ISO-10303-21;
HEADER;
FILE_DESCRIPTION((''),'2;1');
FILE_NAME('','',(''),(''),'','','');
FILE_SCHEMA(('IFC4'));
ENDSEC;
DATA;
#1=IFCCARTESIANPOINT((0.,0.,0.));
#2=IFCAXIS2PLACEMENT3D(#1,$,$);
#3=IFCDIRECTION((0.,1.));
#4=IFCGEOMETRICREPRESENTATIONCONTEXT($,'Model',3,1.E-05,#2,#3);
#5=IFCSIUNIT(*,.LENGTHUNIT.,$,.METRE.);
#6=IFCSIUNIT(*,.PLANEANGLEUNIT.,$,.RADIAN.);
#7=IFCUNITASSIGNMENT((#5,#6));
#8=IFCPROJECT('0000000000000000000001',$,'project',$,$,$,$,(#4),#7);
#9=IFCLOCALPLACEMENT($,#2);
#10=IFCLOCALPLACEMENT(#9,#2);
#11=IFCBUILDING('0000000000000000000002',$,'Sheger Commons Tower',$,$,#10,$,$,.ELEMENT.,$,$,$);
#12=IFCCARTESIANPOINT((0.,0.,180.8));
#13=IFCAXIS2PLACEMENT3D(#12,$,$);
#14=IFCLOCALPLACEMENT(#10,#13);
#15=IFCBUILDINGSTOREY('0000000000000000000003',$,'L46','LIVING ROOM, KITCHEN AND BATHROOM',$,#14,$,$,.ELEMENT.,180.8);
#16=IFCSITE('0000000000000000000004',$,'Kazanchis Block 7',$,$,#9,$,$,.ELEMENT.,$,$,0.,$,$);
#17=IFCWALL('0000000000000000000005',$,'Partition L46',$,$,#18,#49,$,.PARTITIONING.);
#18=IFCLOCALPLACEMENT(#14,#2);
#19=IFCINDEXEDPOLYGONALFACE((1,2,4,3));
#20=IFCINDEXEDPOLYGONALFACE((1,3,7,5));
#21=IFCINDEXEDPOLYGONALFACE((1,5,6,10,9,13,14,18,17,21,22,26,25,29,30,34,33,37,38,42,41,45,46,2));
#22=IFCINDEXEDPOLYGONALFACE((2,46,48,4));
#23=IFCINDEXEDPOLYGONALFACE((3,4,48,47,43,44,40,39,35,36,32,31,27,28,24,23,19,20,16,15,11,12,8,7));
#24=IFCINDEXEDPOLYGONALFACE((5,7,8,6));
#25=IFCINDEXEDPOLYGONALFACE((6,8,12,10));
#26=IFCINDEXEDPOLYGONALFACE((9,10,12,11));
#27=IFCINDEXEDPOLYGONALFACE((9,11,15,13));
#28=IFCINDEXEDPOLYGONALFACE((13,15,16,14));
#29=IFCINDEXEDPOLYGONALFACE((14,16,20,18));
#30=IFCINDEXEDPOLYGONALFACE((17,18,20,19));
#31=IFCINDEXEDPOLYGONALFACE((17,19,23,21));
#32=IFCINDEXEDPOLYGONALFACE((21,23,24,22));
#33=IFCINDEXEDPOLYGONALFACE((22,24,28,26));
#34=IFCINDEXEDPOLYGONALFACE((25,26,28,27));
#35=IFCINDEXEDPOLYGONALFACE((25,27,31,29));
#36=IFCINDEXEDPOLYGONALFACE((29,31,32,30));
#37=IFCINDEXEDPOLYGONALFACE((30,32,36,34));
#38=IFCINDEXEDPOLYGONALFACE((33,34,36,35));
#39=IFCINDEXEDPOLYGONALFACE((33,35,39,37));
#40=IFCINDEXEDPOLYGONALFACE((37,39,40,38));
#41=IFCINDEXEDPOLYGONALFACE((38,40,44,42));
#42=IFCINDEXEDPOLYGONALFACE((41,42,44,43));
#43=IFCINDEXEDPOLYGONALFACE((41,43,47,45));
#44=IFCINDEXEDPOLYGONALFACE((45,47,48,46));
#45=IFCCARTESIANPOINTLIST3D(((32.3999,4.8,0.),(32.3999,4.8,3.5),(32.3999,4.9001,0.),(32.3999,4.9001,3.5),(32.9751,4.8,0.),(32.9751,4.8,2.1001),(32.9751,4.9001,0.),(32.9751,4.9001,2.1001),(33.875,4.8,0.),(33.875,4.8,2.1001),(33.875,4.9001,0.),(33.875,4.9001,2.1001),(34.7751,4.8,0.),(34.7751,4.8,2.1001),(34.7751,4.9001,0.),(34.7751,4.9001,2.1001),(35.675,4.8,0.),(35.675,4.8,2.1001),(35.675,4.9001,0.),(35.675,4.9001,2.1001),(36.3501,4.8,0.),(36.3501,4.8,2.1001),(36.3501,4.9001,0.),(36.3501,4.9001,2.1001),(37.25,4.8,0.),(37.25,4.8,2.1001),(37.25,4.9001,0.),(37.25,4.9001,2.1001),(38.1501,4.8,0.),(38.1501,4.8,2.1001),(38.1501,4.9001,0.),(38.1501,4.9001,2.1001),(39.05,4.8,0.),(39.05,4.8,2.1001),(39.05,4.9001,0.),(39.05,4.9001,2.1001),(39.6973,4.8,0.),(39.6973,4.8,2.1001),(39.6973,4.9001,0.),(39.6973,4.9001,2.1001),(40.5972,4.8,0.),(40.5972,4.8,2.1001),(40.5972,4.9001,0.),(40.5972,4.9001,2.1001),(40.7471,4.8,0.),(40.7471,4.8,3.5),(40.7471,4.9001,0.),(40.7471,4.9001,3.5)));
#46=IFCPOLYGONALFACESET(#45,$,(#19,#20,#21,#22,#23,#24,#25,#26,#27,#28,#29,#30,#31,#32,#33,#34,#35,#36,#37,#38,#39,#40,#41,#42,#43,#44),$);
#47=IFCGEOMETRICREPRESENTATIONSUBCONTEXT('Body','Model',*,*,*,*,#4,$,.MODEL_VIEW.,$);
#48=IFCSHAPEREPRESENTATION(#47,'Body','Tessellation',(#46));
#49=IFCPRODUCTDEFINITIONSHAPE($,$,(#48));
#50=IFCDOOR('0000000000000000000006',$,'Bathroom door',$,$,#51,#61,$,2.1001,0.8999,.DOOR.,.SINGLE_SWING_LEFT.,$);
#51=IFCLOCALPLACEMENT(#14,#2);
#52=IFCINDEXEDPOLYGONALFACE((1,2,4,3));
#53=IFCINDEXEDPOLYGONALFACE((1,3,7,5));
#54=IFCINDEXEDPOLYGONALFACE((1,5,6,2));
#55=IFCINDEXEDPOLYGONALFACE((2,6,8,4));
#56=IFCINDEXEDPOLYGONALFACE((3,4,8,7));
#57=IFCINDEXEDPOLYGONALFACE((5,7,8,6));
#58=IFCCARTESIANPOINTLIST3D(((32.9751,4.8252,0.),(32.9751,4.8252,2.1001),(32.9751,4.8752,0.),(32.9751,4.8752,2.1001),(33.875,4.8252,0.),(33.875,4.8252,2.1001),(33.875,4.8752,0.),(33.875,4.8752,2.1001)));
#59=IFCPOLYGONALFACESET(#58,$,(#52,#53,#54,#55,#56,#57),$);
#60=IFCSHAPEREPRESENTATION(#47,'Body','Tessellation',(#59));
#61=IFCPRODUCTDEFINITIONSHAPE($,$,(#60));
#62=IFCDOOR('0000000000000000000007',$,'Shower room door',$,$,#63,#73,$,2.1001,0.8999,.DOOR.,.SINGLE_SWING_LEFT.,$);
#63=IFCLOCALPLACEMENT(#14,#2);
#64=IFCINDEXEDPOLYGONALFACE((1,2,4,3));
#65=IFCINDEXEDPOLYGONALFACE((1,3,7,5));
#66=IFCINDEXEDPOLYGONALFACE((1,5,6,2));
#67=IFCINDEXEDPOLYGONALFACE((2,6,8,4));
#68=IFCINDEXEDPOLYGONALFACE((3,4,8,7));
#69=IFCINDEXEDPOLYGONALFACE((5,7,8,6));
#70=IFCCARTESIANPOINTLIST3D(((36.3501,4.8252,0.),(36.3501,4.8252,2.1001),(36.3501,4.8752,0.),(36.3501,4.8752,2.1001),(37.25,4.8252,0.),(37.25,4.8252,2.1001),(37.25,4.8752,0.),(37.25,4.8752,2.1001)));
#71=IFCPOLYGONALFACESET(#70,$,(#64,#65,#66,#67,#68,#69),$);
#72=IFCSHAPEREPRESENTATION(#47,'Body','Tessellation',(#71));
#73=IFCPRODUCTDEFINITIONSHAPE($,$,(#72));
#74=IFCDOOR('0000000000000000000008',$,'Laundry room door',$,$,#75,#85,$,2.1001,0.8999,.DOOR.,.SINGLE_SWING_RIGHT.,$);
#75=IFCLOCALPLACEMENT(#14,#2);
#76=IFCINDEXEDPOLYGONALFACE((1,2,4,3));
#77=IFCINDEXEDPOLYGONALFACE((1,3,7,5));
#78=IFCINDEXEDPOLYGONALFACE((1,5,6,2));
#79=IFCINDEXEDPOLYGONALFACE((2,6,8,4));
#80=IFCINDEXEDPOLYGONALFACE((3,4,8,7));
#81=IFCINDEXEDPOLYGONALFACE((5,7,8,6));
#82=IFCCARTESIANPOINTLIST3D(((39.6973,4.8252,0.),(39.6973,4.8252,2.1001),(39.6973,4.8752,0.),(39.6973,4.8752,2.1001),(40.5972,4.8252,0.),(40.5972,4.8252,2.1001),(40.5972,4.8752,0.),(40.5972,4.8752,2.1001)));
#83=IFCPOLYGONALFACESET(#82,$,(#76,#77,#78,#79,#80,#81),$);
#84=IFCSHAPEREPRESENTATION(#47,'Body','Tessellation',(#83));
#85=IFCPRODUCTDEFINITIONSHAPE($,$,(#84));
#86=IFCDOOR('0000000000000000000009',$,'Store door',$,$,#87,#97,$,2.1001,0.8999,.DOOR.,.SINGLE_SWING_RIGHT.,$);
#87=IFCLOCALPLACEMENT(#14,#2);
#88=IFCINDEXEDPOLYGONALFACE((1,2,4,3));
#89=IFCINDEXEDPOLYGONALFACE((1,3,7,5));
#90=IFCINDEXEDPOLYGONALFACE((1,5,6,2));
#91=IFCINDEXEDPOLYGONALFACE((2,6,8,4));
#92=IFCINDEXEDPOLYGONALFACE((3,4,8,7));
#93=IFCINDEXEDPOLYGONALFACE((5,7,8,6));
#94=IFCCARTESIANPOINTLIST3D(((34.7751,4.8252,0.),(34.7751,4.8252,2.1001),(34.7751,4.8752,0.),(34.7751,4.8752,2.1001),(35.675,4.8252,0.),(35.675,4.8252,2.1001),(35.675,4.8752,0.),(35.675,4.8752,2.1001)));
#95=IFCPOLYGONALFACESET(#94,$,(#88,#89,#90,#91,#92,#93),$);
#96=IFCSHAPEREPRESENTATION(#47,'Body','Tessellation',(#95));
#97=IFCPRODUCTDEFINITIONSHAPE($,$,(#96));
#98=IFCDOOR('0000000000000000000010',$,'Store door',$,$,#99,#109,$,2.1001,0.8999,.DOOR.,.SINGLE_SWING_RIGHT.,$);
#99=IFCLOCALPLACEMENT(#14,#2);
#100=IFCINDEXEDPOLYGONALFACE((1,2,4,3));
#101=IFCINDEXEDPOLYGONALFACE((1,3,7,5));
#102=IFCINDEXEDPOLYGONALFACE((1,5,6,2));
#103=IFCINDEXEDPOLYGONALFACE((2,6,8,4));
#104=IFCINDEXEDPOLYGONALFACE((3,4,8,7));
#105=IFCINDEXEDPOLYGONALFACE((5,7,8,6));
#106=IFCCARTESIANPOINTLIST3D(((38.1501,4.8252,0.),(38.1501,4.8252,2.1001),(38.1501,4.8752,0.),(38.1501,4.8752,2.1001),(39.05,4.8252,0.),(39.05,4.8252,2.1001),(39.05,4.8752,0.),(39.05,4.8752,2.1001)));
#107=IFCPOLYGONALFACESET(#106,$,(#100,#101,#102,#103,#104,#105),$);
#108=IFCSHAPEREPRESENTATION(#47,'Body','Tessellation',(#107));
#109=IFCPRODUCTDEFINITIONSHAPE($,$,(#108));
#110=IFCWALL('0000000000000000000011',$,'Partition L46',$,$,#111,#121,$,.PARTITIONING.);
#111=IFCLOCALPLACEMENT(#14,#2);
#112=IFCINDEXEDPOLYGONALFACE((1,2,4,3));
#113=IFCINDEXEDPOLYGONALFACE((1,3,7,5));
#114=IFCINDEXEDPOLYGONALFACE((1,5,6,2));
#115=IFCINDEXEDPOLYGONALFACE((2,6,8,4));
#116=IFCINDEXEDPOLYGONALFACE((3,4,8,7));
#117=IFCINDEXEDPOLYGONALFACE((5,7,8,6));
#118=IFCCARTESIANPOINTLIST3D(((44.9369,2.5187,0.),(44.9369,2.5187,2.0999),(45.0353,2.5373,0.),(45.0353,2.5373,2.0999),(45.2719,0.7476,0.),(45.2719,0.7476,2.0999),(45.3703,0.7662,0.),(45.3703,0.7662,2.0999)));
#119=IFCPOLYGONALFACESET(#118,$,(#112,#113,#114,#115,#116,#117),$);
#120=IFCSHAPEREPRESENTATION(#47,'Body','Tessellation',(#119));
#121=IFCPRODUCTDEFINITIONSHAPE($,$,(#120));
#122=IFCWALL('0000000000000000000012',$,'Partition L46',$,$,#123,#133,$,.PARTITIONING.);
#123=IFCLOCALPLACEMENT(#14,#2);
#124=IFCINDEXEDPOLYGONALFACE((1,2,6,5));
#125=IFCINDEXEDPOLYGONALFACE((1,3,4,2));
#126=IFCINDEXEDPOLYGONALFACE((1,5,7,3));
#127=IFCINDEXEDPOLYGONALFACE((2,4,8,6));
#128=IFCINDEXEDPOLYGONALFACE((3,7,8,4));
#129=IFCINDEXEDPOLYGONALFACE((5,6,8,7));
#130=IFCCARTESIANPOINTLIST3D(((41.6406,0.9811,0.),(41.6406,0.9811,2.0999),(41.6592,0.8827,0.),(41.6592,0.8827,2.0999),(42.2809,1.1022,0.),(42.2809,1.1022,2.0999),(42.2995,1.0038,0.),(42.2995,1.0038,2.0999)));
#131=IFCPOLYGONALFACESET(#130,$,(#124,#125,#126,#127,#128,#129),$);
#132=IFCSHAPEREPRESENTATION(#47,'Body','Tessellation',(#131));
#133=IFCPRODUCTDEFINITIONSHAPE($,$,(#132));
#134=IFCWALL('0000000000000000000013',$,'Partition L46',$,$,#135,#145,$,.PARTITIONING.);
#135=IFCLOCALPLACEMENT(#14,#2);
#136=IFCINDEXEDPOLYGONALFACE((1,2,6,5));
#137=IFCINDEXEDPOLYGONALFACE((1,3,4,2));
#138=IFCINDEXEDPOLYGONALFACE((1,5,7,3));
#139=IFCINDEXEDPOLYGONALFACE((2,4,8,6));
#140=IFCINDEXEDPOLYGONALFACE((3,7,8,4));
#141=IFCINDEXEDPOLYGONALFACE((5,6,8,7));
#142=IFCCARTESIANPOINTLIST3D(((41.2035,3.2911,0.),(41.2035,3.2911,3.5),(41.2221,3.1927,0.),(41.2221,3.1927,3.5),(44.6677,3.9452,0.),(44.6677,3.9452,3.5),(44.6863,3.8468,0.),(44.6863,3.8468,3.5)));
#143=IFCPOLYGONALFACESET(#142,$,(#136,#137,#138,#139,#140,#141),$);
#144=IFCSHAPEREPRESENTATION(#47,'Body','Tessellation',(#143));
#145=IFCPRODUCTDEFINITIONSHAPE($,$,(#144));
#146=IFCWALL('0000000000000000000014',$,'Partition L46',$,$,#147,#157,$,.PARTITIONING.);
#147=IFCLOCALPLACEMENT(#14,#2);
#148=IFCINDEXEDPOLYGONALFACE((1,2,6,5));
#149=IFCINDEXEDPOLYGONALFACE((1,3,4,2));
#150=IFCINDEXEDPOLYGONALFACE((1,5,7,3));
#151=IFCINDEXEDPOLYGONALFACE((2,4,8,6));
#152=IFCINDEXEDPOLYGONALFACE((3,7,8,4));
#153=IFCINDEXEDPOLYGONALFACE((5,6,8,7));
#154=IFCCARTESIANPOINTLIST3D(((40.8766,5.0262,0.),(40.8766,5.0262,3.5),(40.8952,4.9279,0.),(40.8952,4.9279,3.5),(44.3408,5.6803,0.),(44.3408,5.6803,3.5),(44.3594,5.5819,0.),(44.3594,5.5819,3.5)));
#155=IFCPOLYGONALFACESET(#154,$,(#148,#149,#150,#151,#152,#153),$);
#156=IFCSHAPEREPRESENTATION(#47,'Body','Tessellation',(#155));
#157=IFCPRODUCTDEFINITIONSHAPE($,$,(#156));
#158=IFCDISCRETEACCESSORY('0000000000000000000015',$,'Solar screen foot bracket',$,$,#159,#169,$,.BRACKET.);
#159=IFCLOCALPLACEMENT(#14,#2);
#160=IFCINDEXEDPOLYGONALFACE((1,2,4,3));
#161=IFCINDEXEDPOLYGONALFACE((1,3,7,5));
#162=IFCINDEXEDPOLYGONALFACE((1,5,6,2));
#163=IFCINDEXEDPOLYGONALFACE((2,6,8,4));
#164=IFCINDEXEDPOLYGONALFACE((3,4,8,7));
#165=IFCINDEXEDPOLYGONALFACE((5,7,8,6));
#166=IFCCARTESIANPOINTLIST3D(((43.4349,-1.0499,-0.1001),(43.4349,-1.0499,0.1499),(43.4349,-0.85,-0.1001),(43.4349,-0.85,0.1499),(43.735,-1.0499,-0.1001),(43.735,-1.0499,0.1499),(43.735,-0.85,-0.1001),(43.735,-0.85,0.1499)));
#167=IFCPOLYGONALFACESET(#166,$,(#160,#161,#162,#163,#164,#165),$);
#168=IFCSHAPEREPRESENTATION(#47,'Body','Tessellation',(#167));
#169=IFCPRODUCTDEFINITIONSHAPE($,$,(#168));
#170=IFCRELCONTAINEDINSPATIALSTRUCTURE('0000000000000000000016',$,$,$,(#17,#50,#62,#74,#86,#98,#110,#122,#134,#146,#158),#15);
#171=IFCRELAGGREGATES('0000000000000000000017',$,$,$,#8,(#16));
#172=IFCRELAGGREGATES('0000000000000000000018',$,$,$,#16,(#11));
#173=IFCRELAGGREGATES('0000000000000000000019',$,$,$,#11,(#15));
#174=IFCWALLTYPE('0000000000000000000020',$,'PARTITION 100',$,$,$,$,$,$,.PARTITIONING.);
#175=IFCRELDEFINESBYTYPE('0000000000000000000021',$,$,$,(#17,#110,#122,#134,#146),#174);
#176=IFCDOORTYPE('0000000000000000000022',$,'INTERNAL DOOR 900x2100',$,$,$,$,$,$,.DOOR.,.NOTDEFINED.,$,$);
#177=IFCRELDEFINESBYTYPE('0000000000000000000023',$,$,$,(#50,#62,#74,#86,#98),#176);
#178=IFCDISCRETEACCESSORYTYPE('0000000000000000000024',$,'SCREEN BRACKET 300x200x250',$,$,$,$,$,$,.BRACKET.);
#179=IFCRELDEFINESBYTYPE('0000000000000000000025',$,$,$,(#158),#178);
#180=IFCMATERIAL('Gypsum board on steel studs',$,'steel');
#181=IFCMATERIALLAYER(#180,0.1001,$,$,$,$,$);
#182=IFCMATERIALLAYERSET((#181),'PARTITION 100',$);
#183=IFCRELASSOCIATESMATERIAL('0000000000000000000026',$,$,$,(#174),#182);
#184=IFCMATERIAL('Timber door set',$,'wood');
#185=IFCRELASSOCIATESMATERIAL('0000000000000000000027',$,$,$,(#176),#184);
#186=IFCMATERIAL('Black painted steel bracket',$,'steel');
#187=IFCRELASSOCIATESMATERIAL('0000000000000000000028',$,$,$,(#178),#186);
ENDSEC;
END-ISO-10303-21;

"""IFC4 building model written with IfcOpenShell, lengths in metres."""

from ifc_helpers import new_model, si_unit, direction, frame, frame_2d, origin, origin_2d, place, context, subcontext, project, spatial, rectangle, extrude, material, layer, layer_set, type_object, element, fill, save


model = new_model("IFC4")

# Units and contexts
model_context = context("Model", 3, precision=1e-05, world=origin(), true_north=direction((0.0, 1.0)))
body_context = subcontext(model_context, "Body", "Model", "MODEL_VIEW")
ifc_project = project(units=[si_unit("LENGTHUNIT", "METRE"), si_unit("PLANEANGLEUNIT", "RADIAN")], contexts=[model_context])

# Site, building, storey
site_placement = place(None, origin())
site = spatial("IfcSite", under=ifc_project, at=site_placement, Name="Kazanchis Block 7", CompositionType="ELEMENT", RefElevation=0.0)
building_placement = place(site_placement, origin())
building = spatial("IfcBuilding", under=site, at=building_placement, Name="Sheger Commons Tower", CompositionType="ELEMENT")
storey_placement = place(building_placement, frame((0.0, 0.0, 180.8)))
storey = spatial("IfcBuildingStorey", under=building, at=storey_placement, Name="L46", Description="LIVING ROOM, KITCHEN AND BATHROOM", CompositionType="ELEMENT", Elevation=180.8)

# Wall, openings, doors
ifc_material_1 = material(Name="Gypsum board on steel studs", Category="steel")
ifc_layer_1 = layer(ifc_material_1, 0.1001)
ifc_layer_set_1 = layer_set([ifc_layer_1], Name="PARTITION 100")
wall_type_1 = type_object("IfcWallType", Name="PARTITION 100", PredefinedType="PARTITIONING", material=ifc_layer_set_1)
ifc_material_2 = material(Name="Timber door set", Category="wood")
door_type = type_object("IfcDoorType", Name="INTERNAL DOOR 900x2100", OperationType="NOTDEFINED", PredefinedType="DOOR", material=ifc_material_2)
wall_1_placement = place(storey_placement, frame((40.7471, 4.8501, 0.0), z_axis=(0.0, 0.0, 1.0), x_axis=(-1.0, 0.0, 0.0)))
wall_1 = element("IfcWall", 1, at=wall_1_placement, inside=storey, type_object=wall_type_1, Name="Partition L46", PredefinedType="PARTITIONING", context=body_context, shape_type="SweptSolid", body=[
    extrude(rectangle(XDim=8.3472, YDim=0.1001, at=frame_2d((4.1736, 0.0))), origin(), (0.0, 0.0, 1.0), 3.5),
])
opening_1_placement = place(wall_1_placement, frame((6.8721, 0.0, 0.0)))
opening_1 = element("IfcOpeningElement", 2, at=opening_1_placement, cuts=wall_1, PredefinedType="OPENING", context=body_context, shape_type="SweptSolid", body=[
    extrude(rectangle(XDim=0.8999, YDim=2.1001, at=frame_2d((0.45, 1.05))), frame((0.0, 0.0601, 0.0), z_axis=(0.0, -1.0, 0.0), x_axis=(1.0, 0.0, 0.0)), (0.0, 0.0, 1.0), 0.1201),
])
opening_2_placement = place(wall_1_placement, frame((3.4971, 0.0, 0.0)))
opening_2 = element("IfcOpeningElement", 3, at=opening_2_placement, cuts=wall_1, PredefinedType="OPENING", context=body_context, shape_type="SweptSolid", body=[
    extrude(rectangle(XDim=0.8999, YDim=2.1001, at=frame_2d((0.45, 1.05))), frame((0.0, 0.0601, 0.0), z_axis=(0.0, -1.0, 0.0), x_axis=(1.0, 0.0, 0.0)), (0.0, 0.0, 1.0), 0.1201),
])
opening_3_placement = place(wall_1_placement, frame((0.1499, 0.0, 0.0)))
opening_3 = element("IfcOpeningElement", 4, at=opening_3_placement, cuts=wall_1, PredefinedType="OPENING", context=body_context, shape_type="SweptSolid", body=[
    extrude(rectangle(XDim=0.8999, YDim=2.1001, at=frame_2d((0.45, 1.05))), frame((0.0, 0.0601, 0.0), z_axis=(0.0, -1.0, 0.0), x_axis=(1.0, 0.0, 0.0)), (0.0, 0.0, 1.0), 0.1201),
])
opening_4_placement = place(wall_1_placement, frame((5.072, 0.0, 0.0)))
opening_4 = element("IfcOpeningElement", 5, at=opening_4_placement, cuts=wall_1, PredefinedType="OPENING", context=body_context, shape_type="SweptSolid", body=[
    extrude(rectangle(XDim=0.8999, YDim=2.1001, at=frame_2d((0.45, 1.05))), frame((0.0, 0.0601, 0.0), z_axis=(0.0, -1.0, 0.0), x_axis=(1.0, 0.0, 0.0)), (0.0, 0.0, 1.0), 0.1201),
])
opening_5_placement = place(wall_1_placement, frame((1.697, 0.0, 0.0)))
opening_5 = element("IfcOpeningElement", 6, at=opening_5_placement, cuts=wall_1, PredefinedType="OPENING", context=body_context, shape_type="SweptSolid", body=[
    extrude(rectangle(XDim=0.8999, YDim=2.1001, at=frame_2d((0.45, 1.05))), frame((0.0, 0.0601, 0.0), z_axis=(0.0, -1.0, 0.0), x_axis=(1.0, 0.0, 0.0)), (0.0, 0.0, 1.0), 0.1201),
])
door_1_placement = place(opening_1_placement, origin())
door_1 = element("IfcDoor", 7, at=door_1_placement, inside=storey, type_object=door_type, Name="Bathroom door", OperationType="SINGLE_SWING_LEFT", OverallHeight=2.1001, OverallWidth=0.8999, PredefinedType="DOOR", context=body_context, shape_type="SweptSolid", body=[
    extrude(rectangle(XDim=0.8999, YDim=2.1001, at=frame_2d((0.45, 1.05))), frame((0.0, 0.0249, 0.0), z_axis=(0.0, -1.0, 0.0), x_axis=(1.0, 0.0, 0.0)), (0.0, 0.0, 1.0), 0.05),
])
fill(opening_1, door_1)
door_2_placement = place(opening_2_placement, origin())
door_2 = element("IfcDoor", 8, at=door_2_placement, inside=storey, type_object=door_type, Name="Shower room door", OperationType="SINGLE_SWING_LEFT", OverallHeight=2.1001, OverallWidth=0.8999, PredefinedType="DOOR", context=body_context, shape_type="SweptSolid", body=[
    extrude(rectangle(XDim=0.8999, YDim=2.1001, at=frame_2d((0.45, 1.05))), frame((0.0, 0.0249, 0.0), z_axis=(0.0, -1.0, 0.0), x_axis=(1.0, 0.0, 0.0)), (0.0, 0.0, 1.0), 0.05),
])
fill(opening_2, door_2)
door_3_placement = place(opening_3_placement, origin())
door_3 = element("IfcDoor", 9, at=door_3_placement, inside=storey, type_object=door_type, Name="Laundry room door", OperationType="SINGLE_SWING_RIGHT", OverallHeight=2.1001, OverallWidth=0.8999, PredefinedType="DOOR", context=body_context, shape_type="SweptSolid", body=[
    extrude(rectangle(XDim=0.8999, YDim=2.1001, at=frame_2d((0.45, 1.05))), frame((0.0, 0.0249, 0.0), z_axis=(0.0, -1.0, 0.0), x_axis=(1.0, 0.0, 0.0)), (0.0, 0.0, 1.0), 0.05),
])
fill(opening_3, door_3)
door_4_placement = place(opening_4_placement, origin())
door_4 = element("IfcDoor", 10, at=door_4_placement, inside=storey, type_object=door_type, Name="Store door", OperationType="SINGLE_SWING_RIGHT", OverallHeight=2.1001, OverallWidth=0.8999, PredefinedType="DOOR", context=body_context, shape_type="SweptSolid", body=[
    extrude(rectangle(XDim=0.8999, YDim=2.1001, at=frame_2d((0.45, 1.05))), frame((0.0, 0.0249, 0.0), z_axis=(0.0, -1.0, 0.0), x_axis=(1.0, 0.0, 0.0)), (0.0, 0.0, 1.0), 0.05),
])
fill(opening_4, door_4)
door_5_placement = place(opening_5_placement, origin())
door_5 = element("IfcDoor", 11, at=door_5_placement, inside=storey, type_object=door_type, Name="Store door", OperationType="SINGLE_SWING_RIGHT", OverallHeight=2.1001, OverallWidth=0.8999, PredefinedType="DOOR", context=body_context, shape_type="SweptSolid", body=[
    extrude(rectangle(XDim=0.8999, YDim=2.1001, at=frame_2d((0.45, 1.05))), frame((0.0, 0.0249, 0.0), z_axis=(0.0, -1.0, 0.0), x_axis=(1.0, 0.0, 0.0)), (0.0, 0.0, 1.0), 0.05),
])
fill(opening_5, door_5)

# Walls
wall_2_placement = place(storey_placement, frame((44.9861, 2.5281, 0.0), z_axis=(0.0, 0.0, 1.0), x_axis=(0.185842, -0.98258, 0.0)))
element("IfcWall", 12, at=wall_2_placement, inside=storey, type_object=wall_type_1, Name="Partition L46", PredefinedType="PARTITIONING", context=body_context, shape_type="SweptSolid", body=[
    extrude(rectangle(XDim=1.8025, YDim=0.1001, at=frame_2d((0.9014, 0.0))), origin(), (0.0, 0.0, 1.0), 2.0999),
])
wall_3_placement = place(storey_placement, frame((42.29, 1.053, 0.0), z_axis=(0.0, 0.0, 1.0), x_axis=(-0.982574, -0.185872, 0.0)))
element("IfcWall", 13, at=wall_3_placement, inside=storey, type_object=wall_type_1, Name="Partition L46", PredefinedType="PARTITIONING", context=body_context, shape_type="SweptSolid", body=[
    extrude(rectangle(XDim=0.6516, YDim=0.1001, at=frame_2d((0.3257, 0.0))), origin(), (0.0, 0.0, 1.0), 2.0999),
])
for number, where, z_axis, x_axis, name in (
    (14, (44.677, 3.896, 0.0), (0.0, 0.0, 1.0), (-0.982639, -0.18553, 0.0), "Partition L46"),
    (15, (44.3501, 5.6311, 0.0), (0.0, 0.0, 1.0), (-0.982639, -0.18553, 0.0), "Partition L46"),
):
    element("IfcWall", number, at=place(storey_placement, frame(where, z_axis=z_axis, x_axis=x_axis)), inside=storey, type_object=wall_type_1, Name=name, PredefinedType="PARTITIONING", context=body_context, shape_type="SweptSolid", body=[
        extrude(rectangle(XDim=3.5254, YDim=0.1001, at=frame_2d((1.7627, 0.0))), origin(), (0.0, 0.0, 1.0), 3.5),
    ])

# Discrete accessory
ifc_material_3 = material(Name="Black painted steel bracket", Category="steel")
discrete_accessory_type = type_object("IfcDiscreteAccessoryType", Name="SCREEN BRACKET 300x200x250", PredefinedType="BRACKET", material=ifc_material_3)
for number, where, z_axis, x_axis, name in (
    (16, (43.585, -0.95, -0.1001), (0.0, 0.0, 1.0), (1.0, 0.0, 0.0), "Solar screen foot bracket"),
):
    element("IfcDiscreteAccessory", number, at=place(storey_placement, frame(where, z_axis=z_axis, x_axis=x_axis)), inside=storey, type_object=discrete_accessory_type, Name=name, PredefinedType="BRACKET", context=body_context, shape_type="SweptSolid", body=[
        extrude(rectangle(XDim=0.3, YDim=0.2, at=origin_2d()), origin(), (0.0, 0.0, 1.0), 0.25),
    ])

save(model, "model.ifc")
